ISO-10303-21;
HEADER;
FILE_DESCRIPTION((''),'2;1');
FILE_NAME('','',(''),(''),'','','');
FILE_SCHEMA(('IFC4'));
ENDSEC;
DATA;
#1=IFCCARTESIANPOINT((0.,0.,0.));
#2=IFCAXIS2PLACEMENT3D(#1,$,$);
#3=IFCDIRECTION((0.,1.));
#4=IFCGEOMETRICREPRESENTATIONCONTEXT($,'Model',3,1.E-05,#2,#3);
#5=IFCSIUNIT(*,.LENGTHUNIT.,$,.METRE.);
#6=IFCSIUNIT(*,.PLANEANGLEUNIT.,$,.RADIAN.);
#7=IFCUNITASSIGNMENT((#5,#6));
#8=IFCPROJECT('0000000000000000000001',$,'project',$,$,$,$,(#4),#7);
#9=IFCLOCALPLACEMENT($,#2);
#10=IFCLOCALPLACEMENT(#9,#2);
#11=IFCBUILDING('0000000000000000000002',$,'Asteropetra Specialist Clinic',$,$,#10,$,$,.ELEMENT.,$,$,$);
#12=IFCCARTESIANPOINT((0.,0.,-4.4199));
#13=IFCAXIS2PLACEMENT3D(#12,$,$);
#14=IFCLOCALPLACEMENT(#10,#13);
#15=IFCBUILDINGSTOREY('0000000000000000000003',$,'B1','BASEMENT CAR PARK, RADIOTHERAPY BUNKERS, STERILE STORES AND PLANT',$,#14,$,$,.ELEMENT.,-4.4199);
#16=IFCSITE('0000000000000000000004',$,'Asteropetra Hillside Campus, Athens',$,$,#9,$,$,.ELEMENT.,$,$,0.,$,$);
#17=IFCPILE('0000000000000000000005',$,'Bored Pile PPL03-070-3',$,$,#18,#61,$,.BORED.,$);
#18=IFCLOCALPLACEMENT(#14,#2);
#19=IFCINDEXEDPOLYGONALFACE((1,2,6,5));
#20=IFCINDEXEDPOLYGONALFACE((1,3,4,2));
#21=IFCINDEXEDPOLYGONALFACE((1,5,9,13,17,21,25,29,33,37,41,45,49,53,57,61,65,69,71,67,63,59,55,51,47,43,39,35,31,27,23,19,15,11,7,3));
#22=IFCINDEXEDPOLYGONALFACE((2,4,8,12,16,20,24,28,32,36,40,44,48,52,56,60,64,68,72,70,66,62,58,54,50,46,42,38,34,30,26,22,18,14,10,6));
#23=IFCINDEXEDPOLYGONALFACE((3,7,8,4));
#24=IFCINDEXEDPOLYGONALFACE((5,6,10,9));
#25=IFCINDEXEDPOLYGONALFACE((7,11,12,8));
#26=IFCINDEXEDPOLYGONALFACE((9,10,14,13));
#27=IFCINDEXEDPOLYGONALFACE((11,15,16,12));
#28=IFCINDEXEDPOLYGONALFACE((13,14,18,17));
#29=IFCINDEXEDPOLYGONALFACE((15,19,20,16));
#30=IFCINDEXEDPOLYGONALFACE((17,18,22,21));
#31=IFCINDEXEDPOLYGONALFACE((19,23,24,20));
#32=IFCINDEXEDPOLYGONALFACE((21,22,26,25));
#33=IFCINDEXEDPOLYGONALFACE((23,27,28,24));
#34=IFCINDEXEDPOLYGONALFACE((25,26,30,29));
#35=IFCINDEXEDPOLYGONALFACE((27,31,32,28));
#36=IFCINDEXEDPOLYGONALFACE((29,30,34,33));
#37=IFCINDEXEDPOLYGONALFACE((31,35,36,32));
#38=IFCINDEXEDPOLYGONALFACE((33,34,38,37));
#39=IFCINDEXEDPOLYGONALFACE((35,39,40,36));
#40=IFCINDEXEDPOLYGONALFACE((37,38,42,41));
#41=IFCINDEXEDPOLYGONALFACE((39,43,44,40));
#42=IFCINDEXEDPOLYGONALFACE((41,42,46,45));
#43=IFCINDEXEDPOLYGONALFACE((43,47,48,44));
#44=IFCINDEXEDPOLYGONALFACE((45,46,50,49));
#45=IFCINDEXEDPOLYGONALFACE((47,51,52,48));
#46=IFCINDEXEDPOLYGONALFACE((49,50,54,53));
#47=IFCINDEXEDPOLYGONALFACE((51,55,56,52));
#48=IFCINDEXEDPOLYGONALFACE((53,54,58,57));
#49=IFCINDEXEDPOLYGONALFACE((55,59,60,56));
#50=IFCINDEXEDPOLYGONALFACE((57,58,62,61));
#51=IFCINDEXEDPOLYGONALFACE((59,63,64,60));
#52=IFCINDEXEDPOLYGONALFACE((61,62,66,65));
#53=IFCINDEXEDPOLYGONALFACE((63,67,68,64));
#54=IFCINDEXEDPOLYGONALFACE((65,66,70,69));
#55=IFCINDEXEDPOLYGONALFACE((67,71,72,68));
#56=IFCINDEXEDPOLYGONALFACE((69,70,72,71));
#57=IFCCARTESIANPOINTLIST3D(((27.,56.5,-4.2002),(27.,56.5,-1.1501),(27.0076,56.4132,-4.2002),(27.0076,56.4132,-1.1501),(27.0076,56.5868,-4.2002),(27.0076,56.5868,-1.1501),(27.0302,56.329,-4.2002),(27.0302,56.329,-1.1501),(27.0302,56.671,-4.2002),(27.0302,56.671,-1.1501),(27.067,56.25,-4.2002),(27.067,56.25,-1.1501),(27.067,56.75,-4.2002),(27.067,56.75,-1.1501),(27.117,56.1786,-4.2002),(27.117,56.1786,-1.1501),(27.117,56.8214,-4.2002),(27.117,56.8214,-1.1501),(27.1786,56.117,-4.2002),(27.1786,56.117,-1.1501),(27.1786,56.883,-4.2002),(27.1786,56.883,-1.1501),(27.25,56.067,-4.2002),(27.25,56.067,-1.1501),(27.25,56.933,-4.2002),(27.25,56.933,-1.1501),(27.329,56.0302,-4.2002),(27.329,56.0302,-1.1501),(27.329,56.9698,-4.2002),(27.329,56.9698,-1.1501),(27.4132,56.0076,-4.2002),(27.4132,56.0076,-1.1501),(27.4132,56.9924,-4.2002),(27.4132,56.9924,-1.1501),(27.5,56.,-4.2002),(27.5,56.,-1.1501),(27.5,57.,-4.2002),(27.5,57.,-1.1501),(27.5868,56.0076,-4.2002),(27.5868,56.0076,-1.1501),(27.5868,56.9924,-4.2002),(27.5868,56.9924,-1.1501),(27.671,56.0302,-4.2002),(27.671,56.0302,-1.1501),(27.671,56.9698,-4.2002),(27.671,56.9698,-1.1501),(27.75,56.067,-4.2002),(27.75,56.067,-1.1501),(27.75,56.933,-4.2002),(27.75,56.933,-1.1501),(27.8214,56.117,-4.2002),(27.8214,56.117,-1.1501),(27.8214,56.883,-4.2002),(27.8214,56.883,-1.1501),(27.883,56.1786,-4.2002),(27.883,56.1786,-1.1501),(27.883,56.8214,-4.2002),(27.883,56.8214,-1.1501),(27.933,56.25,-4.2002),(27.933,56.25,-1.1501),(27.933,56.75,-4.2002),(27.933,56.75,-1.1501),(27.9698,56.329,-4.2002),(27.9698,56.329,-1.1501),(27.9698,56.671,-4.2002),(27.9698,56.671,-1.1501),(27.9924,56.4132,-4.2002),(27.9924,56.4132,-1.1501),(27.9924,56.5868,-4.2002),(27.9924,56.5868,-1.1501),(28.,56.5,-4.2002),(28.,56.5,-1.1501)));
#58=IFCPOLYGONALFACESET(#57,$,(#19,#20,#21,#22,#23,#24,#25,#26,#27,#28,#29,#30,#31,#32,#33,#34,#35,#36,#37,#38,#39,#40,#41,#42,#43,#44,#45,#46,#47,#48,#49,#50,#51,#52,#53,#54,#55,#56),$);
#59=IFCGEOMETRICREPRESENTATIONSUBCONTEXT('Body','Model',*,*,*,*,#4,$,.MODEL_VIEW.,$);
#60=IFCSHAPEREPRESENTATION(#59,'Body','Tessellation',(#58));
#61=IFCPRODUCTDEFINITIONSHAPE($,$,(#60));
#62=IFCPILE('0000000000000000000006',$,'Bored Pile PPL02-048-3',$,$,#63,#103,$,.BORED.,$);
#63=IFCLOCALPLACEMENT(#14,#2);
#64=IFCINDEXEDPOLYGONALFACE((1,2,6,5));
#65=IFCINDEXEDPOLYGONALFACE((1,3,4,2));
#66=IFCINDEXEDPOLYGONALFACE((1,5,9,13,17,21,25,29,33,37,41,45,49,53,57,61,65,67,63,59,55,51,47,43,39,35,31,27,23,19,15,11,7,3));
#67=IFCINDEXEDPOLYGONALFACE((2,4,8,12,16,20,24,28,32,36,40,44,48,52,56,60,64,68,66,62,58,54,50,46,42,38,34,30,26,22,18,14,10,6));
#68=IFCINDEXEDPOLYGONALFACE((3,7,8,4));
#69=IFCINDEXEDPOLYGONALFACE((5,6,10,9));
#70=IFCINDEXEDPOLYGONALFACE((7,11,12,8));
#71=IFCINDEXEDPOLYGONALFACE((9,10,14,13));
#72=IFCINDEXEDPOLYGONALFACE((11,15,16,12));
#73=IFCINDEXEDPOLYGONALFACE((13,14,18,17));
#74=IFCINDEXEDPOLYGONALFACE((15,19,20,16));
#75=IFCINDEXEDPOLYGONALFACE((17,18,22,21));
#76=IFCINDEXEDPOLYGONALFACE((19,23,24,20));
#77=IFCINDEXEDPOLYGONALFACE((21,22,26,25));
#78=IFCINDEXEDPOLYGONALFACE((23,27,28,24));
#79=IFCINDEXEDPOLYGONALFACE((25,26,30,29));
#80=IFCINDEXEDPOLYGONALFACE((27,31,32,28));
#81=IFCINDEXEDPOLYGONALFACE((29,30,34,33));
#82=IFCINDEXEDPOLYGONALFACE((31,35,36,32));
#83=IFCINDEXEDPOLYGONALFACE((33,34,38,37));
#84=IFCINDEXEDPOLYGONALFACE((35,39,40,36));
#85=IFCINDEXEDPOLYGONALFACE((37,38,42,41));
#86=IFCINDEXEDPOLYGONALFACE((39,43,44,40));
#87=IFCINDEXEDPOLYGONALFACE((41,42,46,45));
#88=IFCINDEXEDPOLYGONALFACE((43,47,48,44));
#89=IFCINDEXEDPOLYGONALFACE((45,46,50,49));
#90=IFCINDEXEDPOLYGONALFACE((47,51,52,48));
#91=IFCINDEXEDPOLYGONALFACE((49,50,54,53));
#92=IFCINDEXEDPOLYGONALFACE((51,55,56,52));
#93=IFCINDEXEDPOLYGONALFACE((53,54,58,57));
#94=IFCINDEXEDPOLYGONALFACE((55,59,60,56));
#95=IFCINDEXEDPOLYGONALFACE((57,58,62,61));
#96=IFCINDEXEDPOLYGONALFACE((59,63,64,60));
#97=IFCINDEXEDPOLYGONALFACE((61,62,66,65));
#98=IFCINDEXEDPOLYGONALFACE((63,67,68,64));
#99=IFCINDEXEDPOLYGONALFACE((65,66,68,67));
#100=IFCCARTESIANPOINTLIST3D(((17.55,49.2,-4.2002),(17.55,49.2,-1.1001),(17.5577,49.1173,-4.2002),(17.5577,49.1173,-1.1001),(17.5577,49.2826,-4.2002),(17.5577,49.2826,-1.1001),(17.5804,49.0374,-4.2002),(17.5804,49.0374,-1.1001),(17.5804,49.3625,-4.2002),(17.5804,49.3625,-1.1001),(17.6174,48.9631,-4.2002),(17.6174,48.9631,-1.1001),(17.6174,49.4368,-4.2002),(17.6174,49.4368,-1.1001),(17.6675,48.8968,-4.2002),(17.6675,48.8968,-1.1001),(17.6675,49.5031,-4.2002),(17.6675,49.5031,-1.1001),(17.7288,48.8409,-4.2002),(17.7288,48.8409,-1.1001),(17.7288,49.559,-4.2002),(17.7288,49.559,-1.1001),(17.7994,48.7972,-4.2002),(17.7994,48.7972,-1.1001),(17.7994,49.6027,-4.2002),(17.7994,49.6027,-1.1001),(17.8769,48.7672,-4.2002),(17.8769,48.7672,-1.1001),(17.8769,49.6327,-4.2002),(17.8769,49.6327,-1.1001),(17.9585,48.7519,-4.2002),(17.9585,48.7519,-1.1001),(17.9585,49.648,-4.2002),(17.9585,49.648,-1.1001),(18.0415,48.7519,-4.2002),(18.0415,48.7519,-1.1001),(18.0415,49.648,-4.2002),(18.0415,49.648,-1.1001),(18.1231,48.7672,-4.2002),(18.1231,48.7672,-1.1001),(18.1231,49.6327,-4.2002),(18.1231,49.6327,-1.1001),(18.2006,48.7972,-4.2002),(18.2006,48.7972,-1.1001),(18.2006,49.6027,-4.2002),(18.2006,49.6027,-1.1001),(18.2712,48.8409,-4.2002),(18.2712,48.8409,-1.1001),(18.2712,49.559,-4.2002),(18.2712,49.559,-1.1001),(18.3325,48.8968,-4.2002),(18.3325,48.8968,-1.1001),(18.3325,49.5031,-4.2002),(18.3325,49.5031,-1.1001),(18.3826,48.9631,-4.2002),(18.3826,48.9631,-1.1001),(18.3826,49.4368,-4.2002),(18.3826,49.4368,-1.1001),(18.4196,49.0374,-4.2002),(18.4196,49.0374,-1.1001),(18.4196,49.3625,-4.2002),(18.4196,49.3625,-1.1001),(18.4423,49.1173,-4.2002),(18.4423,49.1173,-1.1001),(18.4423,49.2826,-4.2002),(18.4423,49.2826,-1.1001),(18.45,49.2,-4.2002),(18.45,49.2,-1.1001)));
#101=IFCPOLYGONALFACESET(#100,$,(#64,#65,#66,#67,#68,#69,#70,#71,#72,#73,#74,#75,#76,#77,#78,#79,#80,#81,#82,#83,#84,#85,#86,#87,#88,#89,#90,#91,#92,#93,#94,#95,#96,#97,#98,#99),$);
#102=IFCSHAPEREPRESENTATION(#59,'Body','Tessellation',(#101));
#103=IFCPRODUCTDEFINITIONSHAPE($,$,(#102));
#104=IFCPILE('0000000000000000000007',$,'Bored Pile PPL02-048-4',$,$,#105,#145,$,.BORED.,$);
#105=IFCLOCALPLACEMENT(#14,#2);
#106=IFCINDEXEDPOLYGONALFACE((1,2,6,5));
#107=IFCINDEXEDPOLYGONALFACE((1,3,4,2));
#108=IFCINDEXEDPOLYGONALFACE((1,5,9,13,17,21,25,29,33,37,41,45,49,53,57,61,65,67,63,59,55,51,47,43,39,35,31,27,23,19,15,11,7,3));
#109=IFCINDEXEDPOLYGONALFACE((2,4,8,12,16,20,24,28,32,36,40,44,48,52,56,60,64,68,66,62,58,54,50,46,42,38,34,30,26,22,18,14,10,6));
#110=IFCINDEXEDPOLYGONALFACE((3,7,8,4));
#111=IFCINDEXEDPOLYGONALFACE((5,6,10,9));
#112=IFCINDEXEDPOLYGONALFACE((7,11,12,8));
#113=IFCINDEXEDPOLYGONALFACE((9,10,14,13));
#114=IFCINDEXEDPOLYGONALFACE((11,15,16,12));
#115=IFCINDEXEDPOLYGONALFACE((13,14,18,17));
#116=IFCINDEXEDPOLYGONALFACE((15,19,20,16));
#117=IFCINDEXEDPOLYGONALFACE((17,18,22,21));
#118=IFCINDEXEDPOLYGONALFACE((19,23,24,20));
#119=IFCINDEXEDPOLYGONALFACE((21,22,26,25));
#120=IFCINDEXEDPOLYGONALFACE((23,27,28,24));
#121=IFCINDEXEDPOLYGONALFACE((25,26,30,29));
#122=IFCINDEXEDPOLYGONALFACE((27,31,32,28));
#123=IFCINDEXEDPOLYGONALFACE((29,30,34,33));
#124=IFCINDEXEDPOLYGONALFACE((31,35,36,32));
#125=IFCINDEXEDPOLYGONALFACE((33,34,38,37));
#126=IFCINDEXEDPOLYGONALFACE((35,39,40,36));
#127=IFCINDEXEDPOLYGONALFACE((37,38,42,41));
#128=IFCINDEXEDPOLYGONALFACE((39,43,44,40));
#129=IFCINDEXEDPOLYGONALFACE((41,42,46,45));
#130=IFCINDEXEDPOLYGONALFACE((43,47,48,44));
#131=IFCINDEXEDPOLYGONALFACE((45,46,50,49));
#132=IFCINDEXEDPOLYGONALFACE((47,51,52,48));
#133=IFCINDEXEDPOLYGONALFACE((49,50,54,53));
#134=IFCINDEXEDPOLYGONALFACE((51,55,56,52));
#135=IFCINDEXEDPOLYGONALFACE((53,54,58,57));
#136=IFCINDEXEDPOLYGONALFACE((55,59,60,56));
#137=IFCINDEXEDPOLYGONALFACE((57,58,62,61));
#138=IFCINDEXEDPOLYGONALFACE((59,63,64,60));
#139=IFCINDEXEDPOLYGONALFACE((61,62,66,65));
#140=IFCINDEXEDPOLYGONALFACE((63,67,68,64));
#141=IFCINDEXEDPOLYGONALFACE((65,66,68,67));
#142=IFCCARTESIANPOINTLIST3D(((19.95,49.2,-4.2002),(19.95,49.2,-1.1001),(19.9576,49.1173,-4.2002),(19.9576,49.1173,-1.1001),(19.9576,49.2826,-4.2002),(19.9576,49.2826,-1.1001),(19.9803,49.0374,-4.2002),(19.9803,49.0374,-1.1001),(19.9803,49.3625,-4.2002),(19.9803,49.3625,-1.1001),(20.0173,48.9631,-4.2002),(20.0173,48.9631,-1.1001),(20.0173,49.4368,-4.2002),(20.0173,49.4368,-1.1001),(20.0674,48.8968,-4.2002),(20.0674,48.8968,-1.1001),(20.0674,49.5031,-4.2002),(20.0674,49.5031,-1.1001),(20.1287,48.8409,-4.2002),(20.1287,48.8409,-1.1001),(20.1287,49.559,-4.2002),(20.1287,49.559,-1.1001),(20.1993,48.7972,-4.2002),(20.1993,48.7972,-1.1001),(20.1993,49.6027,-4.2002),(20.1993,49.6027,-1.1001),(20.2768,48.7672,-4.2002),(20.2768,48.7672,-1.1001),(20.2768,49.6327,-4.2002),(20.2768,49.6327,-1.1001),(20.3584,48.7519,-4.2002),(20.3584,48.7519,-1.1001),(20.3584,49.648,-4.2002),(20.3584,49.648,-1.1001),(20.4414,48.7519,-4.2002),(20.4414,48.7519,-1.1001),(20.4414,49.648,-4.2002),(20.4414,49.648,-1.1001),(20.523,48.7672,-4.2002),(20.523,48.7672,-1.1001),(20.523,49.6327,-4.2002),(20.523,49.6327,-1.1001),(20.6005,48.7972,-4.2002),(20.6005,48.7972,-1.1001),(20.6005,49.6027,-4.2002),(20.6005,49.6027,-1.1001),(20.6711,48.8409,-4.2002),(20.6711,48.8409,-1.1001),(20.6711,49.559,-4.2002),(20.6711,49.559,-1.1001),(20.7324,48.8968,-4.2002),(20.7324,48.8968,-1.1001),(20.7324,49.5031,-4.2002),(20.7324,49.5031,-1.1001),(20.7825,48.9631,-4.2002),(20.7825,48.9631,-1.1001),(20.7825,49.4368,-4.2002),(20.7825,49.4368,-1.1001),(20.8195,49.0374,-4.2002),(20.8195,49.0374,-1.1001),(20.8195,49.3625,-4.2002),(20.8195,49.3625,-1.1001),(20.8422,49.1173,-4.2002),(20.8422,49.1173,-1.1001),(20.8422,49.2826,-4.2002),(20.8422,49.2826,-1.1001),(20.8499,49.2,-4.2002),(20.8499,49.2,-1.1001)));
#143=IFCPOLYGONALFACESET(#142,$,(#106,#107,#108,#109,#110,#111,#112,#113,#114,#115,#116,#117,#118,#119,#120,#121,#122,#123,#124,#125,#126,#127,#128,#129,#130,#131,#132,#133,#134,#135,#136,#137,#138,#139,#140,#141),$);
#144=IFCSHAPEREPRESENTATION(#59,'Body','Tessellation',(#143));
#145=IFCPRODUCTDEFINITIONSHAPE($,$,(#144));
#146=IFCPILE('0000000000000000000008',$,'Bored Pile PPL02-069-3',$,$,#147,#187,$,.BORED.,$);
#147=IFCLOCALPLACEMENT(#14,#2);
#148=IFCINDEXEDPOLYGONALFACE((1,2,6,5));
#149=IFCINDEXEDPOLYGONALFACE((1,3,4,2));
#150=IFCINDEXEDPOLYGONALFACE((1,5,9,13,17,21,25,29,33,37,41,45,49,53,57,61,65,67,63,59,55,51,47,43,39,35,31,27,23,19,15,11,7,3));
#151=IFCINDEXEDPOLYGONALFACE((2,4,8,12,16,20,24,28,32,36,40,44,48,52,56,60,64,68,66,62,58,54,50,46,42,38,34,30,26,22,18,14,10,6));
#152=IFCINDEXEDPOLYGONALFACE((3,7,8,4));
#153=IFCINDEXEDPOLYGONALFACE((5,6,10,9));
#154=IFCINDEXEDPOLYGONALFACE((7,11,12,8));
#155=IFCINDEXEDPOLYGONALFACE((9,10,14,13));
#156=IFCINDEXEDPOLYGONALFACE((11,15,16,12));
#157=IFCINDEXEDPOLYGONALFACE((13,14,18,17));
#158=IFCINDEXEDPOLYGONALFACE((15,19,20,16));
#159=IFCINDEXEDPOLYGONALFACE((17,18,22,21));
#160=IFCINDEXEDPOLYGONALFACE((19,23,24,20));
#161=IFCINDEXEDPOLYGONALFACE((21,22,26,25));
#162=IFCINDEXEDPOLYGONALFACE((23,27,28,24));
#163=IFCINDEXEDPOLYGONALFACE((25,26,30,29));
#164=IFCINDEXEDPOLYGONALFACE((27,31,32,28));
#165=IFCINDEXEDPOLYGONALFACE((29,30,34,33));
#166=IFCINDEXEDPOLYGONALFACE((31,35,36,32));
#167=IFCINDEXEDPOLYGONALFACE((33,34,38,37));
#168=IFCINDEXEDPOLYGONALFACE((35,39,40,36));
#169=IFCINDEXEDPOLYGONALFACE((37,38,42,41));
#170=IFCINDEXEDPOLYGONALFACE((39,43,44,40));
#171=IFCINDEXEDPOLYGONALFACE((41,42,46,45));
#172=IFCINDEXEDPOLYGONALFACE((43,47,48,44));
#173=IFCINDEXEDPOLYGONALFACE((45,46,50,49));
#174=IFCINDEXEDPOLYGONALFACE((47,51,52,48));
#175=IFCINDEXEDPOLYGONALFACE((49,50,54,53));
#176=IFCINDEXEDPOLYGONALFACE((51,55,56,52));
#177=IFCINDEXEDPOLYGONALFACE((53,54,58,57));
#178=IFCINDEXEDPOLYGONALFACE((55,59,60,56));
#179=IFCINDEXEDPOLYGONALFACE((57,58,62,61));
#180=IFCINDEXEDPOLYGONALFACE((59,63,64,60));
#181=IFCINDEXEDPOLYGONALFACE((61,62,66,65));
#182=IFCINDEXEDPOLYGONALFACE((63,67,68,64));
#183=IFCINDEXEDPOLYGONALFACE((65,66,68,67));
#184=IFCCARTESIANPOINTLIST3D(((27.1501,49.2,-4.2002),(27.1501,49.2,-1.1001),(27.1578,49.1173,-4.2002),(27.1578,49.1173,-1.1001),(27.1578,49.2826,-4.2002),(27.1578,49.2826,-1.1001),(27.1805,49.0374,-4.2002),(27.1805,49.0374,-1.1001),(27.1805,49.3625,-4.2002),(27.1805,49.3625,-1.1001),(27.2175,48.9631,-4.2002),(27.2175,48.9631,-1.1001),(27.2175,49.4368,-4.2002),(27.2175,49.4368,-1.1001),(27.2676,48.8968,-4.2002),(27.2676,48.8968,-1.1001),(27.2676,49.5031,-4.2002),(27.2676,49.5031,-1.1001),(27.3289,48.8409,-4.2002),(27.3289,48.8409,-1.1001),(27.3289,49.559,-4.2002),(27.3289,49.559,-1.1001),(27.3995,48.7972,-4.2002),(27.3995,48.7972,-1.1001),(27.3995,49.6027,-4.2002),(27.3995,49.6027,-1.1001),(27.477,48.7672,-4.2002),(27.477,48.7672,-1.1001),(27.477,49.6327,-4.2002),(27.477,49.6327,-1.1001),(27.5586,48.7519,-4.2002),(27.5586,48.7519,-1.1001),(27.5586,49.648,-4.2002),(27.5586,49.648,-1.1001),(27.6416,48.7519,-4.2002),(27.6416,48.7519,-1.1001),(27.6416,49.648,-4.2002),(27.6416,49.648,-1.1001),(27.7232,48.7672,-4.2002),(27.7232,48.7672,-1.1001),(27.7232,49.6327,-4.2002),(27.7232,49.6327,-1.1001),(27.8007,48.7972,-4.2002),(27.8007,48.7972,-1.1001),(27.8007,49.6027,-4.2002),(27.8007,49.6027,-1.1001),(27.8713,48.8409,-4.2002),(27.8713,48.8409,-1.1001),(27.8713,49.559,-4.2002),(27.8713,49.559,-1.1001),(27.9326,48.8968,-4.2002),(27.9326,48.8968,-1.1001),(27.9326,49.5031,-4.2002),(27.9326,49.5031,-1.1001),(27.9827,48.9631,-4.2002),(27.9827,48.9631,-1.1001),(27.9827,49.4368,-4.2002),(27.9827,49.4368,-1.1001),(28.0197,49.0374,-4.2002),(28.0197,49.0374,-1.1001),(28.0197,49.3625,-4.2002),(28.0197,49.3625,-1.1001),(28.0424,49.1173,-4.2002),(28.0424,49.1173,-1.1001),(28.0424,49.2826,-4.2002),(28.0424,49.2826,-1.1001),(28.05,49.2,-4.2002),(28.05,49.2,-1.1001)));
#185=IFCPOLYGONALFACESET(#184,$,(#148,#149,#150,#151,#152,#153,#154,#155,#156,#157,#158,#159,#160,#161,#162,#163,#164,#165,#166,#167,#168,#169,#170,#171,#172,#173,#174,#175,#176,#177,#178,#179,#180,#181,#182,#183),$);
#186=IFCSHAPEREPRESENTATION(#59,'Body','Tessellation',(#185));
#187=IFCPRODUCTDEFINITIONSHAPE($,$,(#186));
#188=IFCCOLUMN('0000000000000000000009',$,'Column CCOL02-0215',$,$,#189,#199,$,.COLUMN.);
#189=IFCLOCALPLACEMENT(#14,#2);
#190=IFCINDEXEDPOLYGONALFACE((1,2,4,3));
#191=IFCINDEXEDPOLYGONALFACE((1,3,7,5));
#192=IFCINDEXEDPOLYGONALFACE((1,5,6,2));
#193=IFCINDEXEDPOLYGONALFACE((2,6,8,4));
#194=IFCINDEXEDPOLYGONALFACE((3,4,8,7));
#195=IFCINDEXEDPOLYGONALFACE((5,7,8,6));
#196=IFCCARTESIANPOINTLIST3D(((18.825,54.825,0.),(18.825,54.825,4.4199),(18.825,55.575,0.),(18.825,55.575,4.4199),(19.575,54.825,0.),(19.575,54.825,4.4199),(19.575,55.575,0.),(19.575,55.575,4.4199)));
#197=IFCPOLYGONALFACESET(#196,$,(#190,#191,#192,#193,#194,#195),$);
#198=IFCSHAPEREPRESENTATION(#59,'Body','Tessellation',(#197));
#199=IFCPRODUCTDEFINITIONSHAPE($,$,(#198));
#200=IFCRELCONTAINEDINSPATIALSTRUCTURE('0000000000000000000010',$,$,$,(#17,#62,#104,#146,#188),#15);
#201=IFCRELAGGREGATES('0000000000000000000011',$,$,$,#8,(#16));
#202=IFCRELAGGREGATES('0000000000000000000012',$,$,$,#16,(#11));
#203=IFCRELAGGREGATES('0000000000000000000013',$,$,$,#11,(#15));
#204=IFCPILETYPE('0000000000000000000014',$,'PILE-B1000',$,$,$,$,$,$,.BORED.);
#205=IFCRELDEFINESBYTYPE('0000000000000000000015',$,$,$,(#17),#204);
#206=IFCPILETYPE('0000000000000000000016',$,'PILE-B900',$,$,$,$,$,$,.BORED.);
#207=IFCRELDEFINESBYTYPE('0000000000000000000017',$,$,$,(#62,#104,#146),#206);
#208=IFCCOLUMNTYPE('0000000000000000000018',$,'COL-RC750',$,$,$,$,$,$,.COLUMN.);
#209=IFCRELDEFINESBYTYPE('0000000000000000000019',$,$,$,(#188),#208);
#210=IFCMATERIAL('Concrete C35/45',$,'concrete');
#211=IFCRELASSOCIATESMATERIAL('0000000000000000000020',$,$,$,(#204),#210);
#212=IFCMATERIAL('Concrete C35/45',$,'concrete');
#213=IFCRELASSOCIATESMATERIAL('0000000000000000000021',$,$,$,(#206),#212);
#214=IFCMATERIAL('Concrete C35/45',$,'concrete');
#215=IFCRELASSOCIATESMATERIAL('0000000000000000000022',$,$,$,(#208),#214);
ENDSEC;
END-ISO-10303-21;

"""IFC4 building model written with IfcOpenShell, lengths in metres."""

from ifc_helpers import new_model, si_unit, direction, frame, origin, origin_2d, place, context, subcontext, project, spatial, rectangle, circle, extrude, material, material_profile, profile_set, type_object, element, save


model = new_model("IFC4")

# Units and contexts
model_context = context("Model", 3, precision=1e-05, world=origin(), true_north=direction((0.0, 1.0)))
body_context = subcontext(model_context, "Body", "Model", "MODEL_VIEW")
ifc_project = project(units=[si_unit("LENGTHUNIT", "METRE"), si_unit("PLANEANGLEUNIT", "RADIAN")], contexts=[model_context])

# Site, building, storey
site_placement = place(None, origin())
site = spatial("IfcSite", under=ifc_project, at=site_placement, Name="Asteropetra Hillside Campus, Athens", CompositionType="ELEMENT", RefElevation=0.0)
building_placement = place(site_placement, origin())
building = spatial("IfcBuilding", under=site, at=building_placement, Name="Asteropetra Specialist Clinic", CompositionType="ELEMENT")
storey_placement = place(building_placement, frame((0.0, 0.0, -4.4199)))
storey = spatial("IfcBuildingStorey", under=building, at=storey_placement, Name="B1", Description="BASEMENT CAR PARK, RADIOTHERAPY BUNKERS, STERILE STORES AND PLANT", CompositionType="ELEMENT", Elevation=-4.4199)

# Piles
ifc_material_1 = material(Name="Concrete C35/45", Category="concrete")
ifc_material_profile_1 = material_profile(ifc_material_1, circle(Radius=0.5, at=origin_2d()), Name="PILE D1000")
ifc_profile_set_1 = profile_set([ifc_material_profile_1], Name="Concrete C35/45")
pile_type_1 = type_object("IfcPileType", Name="PILE-B1000", PredefinedType="BORED", material=ifc_profile_set_1)
for number, where, z_axis, x_axis, name in (
    (1, (27.5, 56.5, -1.1501), (0.0, 0.0, -1.0), (1.0, 0.0, 0.0), "Bored Pile PPL03-070-3"),
):
    element("IfcPile", number, at=place(storey_placement, frame(where, z_axis=z_axis, x_axis=x_axis)), inside=storey, type_object=pile_type_1, Name=name, PredefinedType="BORED", context=body_context, shape_type="SweptSolid", body=[
        extrude(circle(Radius=0.5, at=origin_2d()), origin(), (0.0, 0.0, 1.0), 3.05),
    ])
ifc_material_2 = material(Name="Concrete C35/45", Category="concrete")
ifc_material_profile_2 = material_profile(ifc_material_2, circle(Radius=0.45, at=origin_2d()), Name="PILE D900")
ifc_profile_set_2 = profile_set([ifc_material_profile_2], Name="Concrete C35/45")
pile_type_2 = type_object("IfcPileType", Name="PILE-B900", PredefinedType="BORED", material=ifc_profile_set_2)
for number, where, z_axis, x_axis, name in (
    (2, (18.0, 49.2, -1.1001), (0.0, 0.0, -1.0), (1.0, 0.0, 0.0), "Bored Pile PPL02-048-3"),
    (3, (20.3999, 49.2, -1.1001), (0.0, 0.0, -1.0), (1.0, 0.0, 0.0), "Bored Pile PPL02-048-4"),
    (4, (27.6001, 49.2, -1.1001), (0.0, 0.0, -1.0), (1.0, 0.0, 0.0), "Bored Pile PPL02-069-3"),
):
    element("IfcPile", number, at=place(storey_placement, frame(where, z_axis=z_axis, x_axis=x_axis)), inside=storey, type_object=pile_type_2, Name=name, PredefinedType="BORED", context=body_context, shape_type="SweptSolid", body=[
        extrude(circle(Radius=0.45, at=origin_2d()), origin(), (0.0, 0.0, 1.0), 3.1001),
    ])

# Column
ifc_material_3 = material(Name="Concrete C35/45", Category="concrete")
ifc_material_profile_3 = material_profile(ifc_material_3, rectangle(XDim=0.75, YDim=0.75, at=origin_2d()), Name="RC 750x750")
ifc_profile_set_3 = profile_set([ifc_material_profile_3], Name="Concrete C35/45")
column_type = type_object("IfcColumnType", Name="COL-RC750", PredefinedType="COLUMN", material=ifc_profile_set_3)
for number, where, z_axis, x_axis, name in (
    (5, (19.2, 55.2, 0.0), (0.0, 0.0, 1.0), (1.0, 0.0, 0.0), "Column CCOL02-0215"),
):
    element("IfcColumn", number, at=place(storey_placement, frame(where, z_axis=z_axis, x_axis=x_axis)), inside=storey, type_object=column_type, Name=name, PredefinedType="COLUMN", context=body_context, shape_type="SweptSolid", body=[
        extrude(rectangle(XDim=0.75, YDim=0.75, at=origin_2d()), origin(), (0.0, 0.0, 1.0), 4.4199),
    ])

save(model, "model.ifc")
